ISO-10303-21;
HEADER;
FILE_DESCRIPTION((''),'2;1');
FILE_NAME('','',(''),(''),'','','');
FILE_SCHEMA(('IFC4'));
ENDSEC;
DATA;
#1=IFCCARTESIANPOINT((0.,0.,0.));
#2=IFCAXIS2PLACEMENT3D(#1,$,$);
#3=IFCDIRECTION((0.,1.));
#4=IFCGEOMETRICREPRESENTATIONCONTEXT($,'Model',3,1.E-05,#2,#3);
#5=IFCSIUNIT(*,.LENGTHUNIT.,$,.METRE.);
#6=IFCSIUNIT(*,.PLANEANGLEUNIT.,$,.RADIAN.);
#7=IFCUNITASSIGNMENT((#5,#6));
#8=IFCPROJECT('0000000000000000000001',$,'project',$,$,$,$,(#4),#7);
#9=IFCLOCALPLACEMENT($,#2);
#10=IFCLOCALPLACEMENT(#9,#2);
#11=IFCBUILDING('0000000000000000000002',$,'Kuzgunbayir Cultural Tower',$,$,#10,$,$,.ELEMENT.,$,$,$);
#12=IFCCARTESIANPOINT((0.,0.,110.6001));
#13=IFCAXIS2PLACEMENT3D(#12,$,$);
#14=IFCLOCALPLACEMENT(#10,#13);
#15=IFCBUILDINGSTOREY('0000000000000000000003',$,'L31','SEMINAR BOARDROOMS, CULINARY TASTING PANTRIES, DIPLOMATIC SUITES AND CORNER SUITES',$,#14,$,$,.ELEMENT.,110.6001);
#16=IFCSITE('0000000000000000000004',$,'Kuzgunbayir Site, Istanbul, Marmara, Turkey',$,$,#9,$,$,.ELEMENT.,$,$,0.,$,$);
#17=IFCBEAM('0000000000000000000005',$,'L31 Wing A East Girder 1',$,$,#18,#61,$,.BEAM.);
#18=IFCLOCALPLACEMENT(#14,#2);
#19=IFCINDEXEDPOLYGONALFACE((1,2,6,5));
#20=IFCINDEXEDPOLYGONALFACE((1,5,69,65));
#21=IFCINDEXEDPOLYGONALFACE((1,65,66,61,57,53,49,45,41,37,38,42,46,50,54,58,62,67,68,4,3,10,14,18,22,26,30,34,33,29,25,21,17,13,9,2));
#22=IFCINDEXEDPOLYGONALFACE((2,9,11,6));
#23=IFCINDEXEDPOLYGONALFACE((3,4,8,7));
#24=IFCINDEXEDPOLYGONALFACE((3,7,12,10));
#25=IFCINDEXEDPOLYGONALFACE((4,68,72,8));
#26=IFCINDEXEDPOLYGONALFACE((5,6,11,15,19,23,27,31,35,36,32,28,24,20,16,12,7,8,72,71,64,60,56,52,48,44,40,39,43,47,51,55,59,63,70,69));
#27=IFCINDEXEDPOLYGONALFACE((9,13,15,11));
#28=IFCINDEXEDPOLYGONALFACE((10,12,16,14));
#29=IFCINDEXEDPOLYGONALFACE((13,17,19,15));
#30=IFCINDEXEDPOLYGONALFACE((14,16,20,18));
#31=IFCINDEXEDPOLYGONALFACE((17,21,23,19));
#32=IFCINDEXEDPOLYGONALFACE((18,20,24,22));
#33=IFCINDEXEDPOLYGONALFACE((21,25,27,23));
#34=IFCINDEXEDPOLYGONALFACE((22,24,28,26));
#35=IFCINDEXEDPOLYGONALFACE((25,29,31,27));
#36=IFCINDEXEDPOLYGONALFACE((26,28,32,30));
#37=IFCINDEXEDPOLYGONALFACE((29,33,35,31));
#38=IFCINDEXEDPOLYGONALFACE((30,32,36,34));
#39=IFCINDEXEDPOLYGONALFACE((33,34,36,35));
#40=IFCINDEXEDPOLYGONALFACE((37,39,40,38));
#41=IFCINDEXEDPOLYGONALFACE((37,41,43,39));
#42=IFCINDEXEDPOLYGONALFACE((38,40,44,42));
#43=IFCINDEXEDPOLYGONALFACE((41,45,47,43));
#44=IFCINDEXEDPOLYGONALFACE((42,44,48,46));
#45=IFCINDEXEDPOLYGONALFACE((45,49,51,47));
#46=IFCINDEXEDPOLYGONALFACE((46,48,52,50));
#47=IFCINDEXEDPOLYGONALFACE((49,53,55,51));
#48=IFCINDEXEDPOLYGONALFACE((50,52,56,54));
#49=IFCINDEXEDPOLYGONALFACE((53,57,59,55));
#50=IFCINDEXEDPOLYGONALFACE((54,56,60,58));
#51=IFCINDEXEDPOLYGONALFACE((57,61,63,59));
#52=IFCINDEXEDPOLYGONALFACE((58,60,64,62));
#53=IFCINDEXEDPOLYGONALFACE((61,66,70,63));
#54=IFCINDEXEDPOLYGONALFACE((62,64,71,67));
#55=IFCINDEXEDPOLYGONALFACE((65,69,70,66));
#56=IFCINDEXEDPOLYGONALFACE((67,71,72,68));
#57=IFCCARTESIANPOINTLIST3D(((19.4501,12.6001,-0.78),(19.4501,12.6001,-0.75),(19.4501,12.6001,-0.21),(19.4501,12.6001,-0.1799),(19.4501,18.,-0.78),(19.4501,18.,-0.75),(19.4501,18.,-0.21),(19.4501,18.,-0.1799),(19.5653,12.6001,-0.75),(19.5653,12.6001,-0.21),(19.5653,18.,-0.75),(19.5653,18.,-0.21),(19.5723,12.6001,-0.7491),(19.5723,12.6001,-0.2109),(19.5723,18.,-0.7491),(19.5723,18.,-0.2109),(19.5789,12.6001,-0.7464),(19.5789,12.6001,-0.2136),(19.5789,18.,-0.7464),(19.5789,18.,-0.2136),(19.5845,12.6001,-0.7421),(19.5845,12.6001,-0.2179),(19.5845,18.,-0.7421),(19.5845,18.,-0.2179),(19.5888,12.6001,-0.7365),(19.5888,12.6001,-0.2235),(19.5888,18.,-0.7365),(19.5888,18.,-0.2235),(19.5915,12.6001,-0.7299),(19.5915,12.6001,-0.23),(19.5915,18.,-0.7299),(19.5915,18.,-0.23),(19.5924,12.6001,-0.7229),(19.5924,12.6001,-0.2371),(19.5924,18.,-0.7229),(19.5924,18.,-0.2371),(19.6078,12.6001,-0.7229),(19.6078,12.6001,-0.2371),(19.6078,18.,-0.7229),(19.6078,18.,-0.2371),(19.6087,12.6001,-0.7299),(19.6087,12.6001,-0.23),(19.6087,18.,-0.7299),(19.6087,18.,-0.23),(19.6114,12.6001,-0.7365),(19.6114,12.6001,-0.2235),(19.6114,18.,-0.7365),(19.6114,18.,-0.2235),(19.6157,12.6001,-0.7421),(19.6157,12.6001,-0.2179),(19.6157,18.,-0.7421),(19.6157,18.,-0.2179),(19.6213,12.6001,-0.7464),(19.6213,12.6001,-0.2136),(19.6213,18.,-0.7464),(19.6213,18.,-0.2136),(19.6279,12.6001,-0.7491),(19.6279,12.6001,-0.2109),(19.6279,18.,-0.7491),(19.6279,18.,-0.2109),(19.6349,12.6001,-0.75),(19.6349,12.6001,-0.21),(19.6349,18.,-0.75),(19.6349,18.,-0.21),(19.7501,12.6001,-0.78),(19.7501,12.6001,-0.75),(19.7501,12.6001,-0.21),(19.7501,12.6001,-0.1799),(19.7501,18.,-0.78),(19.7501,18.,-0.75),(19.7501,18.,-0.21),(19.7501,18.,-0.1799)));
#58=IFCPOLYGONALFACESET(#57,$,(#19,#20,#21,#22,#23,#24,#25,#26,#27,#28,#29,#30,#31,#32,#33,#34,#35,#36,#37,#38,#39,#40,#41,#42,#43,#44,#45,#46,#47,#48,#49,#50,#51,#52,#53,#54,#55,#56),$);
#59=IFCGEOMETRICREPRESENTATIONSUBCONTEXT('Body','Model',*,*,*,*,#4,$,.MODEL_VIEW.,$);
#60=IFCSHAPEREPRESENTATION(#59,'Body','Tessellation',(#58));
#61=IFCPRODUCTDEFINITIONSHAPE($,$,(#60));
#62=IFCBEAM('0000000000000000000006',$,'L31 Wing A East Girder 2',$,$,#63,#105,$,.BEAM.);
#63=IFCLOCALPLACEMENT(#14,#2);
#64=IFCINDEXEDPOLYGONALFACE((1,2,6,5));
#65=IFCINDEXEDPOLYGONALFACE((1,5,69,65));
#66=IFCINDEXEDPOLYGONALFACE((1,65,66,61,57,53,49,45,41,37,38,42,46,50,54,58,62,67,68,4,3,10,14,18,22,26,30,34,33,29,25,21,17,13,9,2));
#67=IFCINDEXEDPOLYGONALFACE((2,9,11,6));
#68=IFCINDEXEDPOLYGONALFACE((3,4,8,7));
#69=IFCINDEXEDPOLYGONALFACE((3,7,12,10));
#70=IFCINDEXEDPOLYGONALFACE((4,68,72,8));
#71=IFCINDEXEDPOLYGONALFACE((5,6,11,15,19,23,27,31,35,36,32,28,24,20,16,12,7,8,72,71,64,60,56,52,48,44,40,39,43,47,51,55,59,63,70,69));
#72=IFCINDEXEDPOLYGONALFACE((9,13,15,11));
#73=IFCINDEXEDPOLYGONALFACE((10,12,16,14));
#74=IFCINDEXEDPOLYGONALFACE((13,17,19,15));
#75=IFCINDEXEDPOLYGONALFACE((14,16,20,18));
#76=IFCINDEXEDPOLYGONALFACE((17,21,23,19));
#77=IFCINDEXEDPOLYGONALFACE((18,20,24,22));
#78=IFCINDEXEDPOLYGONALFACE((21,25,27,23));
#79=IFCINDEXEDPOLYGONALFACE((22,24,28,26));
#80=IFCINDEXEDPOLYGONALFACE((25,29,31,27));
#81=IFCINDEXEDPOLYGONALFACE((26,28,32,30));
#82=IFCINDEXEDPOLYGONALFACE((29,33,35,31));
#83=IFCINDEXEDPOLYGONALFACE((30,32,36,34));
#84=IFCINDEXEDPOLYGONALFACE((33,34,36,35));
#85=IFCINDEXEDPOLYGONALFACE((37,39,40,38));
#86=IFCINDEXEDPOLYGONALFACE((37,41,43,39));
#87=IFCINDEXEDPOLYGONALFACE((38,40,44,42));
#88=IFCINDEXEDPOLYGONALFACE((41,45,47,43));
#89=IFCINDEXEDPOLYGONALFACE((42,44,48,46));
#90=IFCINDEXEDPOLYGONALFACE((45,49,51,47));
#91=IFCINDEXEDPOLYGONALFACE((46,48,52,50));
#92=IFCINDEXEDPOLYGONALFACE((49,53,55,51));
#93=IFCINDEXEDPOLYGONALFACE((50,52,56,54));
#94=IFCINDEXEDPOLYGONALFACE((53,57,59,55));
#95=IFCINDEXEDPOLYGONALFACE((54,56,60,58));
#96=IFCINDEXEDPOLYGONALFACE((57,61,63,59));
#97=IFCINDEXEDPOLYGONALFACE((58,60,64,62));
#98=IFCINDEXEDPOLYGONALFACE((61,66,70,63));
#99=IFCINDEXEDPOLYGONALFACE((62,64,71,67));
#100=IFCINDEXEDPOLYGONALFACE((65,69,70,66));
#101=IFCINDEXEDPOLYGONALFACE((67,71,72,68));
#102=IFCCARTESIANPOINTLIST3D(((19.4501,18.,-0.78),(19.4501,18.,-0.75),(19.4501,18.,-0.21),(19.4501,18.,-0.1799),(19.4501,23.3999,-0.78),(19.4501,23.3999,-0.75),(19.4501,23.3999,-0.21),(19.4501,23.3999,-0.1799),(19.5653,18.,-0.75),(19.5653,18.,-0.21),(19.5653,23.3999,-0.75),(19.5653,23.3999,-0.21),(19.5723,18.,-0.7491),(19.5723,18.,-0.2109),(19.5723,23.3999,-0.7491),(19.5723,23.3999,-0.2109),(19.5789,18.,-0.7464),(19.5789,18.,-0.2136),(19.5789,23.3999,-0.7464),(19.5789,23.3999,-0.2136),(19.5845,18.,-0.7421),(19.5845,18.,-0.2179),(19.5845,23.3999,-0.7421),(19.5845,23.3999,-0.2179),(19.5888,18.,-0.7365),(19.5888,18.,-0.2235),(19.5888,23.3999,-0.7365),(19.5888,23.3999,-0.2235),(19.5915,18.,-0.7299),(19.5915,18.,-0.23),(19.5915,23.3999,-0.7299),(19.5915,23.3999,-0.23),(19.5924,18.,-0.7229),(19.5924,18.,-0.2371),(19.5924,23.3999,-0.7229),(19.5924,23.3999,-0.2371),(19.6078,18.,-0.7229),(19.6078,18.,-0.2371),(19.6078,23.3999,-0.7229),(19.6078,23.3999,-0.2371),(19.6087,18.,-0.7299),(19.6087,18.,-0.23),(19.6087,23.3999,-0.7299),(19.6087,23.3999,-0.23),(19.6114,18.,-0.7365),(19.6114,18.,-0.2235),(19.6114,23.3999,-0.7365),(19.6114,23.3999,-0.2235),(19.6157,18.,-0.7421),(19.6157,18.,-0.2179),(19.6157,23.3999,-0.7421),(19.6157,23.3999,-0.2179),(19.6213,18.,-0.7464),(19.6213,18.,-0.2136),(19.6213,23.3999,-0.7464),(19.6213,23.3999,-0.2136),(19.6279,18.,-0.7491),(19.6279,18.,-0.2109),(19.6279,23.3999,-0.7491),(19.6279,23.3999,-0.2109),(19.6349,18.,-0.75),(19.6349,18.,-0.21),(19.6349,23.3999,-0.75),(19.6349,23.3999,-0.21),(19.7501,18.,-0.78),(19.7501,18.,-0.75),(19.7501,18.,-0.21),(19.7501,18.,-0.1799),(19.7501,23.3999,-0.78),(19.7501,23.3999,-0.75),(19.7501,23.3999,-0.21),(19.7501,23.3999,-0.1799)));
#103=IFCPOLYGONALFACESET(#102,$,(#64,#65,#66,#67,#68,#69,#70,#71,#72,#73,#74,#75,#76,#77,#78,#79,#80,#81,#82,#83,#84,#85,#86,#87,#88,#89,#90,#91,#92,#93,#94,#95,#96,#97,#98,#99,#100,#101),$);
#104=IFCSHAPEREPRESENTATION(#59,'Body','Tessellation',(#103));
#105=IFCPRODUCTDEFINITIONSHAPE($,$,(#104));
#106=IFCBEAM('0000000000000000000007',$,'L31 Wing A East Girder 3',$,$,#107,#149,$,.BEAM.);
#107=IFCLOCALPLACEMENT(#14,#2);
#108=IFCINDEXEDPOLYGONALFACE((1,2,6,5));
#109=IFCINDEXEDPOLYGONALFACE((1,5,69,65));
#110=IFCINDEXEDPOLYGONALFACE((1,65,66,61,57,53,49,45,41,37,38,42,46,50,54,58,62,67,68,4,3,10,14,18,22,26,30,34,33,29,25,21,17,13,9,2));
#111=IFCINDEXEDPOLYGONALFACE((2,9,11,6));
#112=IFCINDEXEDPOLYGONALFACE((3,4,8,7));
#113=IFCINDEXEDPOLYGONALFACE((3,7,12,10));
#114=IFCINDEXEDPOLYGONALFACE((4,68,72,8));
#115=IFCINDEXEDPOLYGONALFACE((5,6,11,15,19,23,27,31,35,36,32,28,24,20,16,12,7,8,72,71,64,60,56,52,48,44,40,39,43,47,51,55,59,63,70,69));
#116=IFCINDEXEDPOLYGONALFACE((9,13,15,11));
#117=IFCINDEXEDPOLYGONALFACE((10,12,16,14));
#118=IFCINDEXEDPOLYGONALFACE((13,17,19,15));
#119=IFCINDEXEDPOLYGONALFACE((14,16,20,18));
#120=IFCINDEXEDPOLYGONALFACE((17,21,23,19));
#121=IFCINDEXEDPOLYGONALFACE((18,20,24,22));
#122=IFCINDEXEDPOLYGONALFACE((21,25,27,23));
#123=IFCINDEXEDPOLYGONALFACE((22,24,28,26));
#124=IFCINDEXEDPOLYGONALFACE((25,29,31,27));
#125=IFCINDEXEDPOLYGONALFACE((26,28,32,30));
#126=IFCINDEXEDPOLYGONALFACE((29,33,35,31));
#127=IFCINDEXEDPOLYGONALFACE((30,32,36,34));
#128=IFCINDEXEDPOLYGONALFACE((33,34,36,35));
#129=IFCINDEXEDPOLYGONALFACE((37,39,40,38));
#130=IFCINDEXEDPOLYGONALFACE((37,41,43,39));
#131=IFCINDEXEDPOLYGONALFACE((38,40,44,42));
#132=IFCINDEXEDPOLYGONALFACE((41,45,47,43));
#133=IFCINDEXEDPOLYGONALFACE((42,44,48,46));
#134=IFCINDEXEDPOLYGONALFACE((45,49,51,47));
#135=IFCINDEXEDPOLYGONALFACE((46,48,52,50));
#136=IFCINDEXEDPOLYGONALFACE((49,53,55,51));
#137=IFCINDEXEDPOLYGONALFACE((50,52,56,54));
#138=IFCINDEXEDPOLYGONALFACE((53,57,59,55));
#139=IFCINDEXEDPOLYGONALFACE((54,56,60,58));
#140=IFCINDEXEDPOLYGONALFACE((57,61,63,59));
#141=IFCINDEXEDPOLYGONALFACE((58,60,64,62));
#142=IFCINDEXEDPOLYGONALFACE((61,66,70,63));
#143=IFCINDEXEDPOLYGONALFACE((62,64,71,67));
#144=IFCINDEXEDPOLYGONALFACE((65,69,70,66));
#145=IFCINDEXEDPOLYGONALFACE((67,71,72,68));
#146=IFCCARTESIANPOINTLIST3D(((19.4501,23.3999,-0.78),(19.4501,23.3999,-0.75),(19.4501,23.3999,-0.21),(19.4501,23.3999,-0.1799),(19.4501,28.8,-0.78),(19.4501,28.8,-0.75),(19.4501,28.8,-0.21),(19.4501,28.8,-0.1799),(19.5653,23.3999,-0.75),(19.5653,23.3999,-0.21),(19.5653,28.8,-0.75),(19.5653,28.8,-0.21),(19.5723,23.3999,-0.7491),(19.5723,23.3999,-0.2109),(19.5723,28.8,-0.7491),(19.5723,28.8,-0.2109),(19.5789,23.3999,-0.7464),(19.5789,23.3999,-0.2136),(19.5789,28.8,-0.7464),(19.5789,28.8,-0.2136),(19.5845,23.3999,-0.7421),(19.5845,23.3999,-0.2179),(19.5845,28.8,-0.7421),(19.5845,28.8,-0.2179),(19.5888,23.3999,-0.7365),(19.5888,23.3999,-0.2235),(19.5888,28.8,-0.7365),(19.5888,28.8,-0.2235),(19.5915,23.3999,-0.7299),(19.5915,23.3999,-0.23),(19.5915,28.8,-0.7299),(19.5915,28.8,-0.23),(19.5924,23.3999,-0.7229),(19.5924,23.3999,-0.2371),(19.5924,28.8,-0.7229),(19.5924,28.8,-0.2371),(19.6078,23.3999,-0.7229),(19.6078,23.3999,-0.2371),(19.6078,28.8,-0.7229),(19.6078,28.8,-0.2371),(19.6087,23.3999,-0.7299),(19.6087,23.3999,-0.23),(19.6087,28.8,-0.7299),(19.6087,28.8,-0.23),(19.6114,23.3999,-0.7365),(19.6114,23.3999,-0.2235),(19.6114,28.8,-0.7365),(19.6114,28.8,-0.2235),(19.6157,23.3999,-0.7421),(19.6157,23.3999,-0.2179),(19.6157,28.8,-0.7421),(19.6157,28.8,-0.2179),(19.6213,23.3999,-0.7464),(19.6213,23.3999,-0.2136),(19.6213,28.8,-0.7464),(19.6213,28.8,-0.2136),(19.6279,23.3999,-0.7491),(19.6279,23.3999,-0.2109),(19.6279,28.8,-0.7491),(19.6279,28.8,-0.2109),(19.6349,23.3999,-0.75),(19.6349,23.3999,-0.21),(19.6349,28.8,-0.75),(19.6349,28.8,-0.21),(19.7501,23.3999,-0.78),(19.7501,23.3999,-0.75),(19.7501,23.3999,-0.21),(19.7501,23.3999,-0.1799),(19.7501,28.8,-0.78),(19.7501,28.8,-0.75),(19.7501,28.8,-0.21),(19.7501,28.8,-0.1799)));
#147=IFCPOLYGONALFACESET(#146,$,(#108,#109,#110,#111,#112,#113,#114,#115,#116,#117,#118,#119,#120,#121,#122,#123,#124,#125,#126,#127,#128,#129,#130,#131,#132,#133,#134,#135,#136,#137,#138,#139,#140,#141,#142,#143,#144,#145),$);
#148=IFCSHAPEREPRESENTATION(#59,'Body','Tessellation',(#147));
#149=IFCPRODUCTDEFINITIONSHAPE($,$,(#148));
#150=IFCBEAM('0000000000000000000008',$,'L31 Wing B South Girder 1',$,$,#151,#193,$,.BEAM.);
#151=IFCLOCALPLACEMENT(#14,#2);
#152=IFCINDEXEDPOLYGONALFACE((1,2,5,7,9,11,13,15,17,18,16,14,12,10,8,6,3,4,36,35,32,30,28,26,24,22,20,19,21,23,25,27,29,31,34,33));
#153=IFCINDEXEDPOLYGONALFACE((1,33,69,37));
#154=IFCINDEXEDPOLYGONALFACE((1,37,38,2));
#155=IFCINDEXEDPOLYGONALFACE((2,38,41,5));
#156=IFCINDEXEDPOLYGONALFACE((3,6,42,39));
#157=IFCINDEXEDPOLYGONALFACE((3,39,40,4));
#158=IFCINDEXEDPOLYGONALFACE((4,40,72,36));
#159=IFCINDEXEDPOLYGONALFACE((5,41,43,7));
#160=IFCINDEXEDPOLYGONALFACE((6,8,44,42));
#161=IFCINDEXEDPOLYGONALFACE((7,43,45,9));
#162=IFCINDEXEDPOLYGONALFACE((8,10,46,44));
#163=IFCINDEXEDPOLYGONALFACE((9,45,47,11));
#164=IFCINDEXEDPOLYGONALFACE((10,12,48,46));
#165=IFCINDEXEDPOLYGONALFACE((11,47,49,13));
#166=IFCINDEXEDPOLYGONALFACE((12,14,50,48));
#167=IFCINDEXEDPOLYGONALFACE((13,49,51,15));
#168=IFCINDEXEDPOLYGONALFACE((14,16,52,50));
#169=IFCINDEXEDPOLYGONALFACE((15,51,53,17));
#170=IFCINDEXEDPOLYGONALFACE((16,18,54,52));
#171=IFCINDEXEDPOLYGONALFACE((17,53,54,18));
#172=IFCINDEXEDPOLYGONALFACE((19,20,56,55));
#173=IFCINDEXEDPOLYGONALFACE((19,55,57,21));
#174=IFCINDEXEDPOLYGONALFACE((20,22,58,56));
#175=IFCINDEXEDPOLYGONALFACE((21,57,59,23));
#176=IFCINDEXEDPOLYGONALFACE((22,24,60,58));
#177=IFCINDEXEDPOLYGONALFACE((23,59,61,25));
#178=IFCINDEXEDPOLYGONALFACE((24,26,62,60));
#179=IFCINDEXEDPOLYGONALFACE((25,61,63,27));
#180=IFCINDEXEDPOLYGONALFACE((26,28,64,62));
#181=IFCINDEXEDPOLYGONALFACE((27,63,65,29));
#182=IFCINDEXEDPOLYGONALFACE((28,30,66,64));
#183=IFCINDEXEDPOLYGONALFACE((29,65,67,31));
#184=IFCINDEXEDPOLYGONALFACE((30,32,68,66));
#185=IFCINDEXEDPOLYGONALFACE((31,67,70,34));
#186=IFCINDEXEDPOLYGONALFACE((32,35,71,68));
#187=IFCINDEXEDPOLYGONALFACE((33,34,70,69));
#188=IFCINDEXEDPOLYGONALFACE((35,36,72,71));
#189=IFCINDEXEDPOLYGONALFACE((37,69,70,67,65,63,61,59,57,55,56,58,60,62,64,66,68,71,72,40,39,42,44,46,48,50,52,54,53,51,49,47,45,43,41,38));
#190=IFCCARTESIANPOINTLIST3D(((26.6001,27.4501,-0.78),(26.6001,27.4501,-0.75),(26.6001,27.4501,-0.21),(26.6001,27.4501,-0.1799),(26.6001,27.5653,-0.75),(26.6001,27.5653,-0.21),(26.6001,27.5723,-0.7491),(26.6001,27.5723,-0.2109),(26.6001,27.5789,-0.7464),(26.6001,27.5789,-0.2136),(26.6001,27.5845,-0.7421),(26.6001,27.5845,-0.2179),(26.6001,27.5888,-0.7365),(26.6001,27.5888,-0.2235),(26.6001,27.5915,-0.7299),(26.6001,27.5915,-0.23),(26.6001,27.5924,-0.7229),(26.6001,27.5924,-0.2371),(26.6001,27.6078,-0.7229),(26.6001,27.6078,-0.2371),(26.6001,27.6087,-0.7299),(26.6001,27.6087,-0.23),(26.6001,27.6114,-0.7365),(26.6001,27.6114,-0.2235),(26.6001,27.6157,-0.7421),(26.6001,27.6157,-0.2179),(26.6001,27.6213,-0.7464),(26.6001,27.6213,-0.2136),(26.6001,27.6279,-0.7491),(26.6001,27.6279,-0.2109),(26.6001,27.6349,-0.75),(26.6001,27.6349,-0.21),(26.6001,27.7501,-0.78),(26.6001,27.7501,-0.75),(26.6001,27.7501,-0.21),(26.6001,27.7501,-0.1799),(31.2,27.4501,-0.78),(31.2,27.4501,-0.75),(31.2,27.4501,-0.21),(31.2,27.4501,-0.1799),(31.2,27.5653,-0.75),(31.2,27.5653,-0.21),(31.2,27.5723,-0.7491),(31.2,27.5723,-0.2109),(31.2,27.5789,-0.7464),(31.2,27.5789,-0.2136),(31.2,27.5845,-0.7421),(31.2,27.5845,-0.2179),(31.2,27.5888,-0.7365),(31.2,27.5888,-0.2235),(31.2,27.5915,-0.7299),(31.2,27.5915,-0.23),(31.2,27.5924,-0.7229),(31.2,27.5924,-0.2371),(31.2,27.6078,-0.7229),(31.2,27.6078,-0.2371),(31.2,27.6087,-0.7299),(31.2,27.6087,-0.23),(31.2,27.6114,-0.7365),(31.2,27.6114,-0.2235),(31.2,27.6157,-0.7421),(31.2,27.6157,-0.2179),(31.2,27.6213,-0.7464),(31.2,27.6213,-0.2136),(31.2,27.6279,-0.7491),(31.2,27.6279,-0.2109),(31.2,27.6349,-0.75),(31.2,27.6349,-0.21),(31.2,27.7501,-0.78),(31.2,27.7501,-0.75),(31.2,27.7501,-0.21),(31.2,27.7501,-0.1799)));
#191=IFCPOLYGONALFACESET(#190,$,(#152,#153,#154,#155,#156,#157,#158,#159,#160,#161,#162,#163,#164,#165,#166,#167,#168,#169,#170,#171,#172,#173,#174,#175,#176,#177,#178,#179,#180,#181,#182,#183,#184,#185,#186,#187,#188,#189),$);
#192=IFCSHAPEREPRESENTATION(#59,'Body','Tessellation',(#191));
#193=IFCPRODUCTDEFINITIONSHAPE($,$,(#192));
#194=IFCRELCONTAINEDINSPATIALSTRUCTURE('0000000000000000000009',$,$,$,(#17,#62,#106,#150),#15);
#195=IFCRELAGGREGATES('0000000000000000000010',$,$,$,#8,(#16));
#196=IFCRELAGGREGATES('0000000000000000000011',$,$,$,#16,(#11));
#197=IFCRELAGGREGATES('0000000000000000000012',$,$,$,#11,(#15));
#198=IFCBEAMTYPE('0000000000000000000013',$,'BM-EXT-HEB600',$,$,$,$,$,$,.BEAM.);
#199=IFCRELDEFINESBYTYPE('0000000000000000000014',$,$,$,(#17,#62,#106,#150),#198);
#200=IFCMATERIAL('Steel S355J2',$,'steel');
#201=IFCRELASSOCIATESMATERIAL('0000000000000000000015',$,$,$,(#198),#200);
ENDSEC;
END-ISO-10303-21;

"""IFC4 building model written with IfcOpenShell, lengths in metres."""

from ifc_helpers import new_model, si_unit, direction, frame, origin, origin_2d, place, context, subcontext, project, spatial, i_section, extrude, material, material_profile, profile_set, type_object, element, save


model = new_model("IFC4")

# Units and contexts
model_context = context("Model", 3, precision=1e-05, world=origin(), true_north=direction((0.0, 1.0)))
body_context = subcontext(model_context, "Body", "Model", "MODEL_VIEW")
ifc_project = project(units=[si_unit("LENGTHUNIT", "METRE"), si_unit("PLANEANGLEUNIT", "RADIAN")], contexts=[model_context])

# Site, building, storey
site_placement = place(None, origin())
site = spatial("IfcSite", under=ifc_project, at=site_placement, Name="Kuzgunbayir Site, Istanbul, Marmara, Turkey", CompositionType="ELEMENT", RefElevation=0.0)
building_placement = place(site_placement, origin())
building = spatial("IfcBuilding", under=site, at=building_placement, Name="Kuzgunbayir Cultural Tower", CompositionType="ELEMENT")
storey_placement = place(building_placement, frame((0.0, 0.0, 110.6001)))
storey = spatial("IfcBuildingStorey", under=building, at=storey_placement, Name="L31", Description="SEMINAR BOARDROOMS, CULINARY TASTING PANTRIES, DIPLOMATIC SUITES AND CORNER SUITES", CompositionType="ELEMENT", Elevation=110.6001)

# Beams
ifc_material_1 = material(Name="Steel S355J2", Category="steel")
ifc_material_profile_1 = material_profile(ifc_material_1, i_section(OverallWidth=0.3, OverallDepth=0.6001, WebThickness=0.0154, FlangeThickness=0.03, FilletRadius=0.0271, at=origin_2d()), Name="HEB 600")
ifc_profile_set_1 = profile_set([ifc_material_profile_1], Name="Steel S355J2")
beam_type_1 = type_object("IfcBeamType", Name="BM-EXT-HEB600", PredefinedType="BEAM", material=ifc_profile_set_1)
for number, where, z_axis, x_axis, name in (
    (1, (19.6001, 12.6001, -0.48), (0.0, 1.0, 0.0), (-1.0, 0.0, 0.0), "L31 Wing A East Girder 1"),
    (2, (19.6001, 18.0, -0.48), (0.0, 1.0, 0.0), (-1.0, 0.0, 0.0), "L31 Wing A East Girder 2"),
):
    element("IfcBeam", number, at=place(storey_placement, frame(where, z_axis=z_axis, x_axis=x_axis)), inside=storey, type_object=beam_type_1, Name=name, PredefinedType="BEAM", context=body_context, shape_type="SweptSolid", body=[
        extrude(i_section(OverallWidth=0.3, OverallDepth=0.6001, WebThickness=0.0154, FlangeThickness=0.03, FilletRadius=0.0271, at=origin_2d()), origin(), (0.0, 0.0, 1.0), 5.3999),
    ])
beam_1_placement = place(storey_placement, frame((19.6001, 23.3999, -0.48), z_axis=(0.0, 1.0, 0.0), x_axis=(-1.0, 0.0, 0.0)))
element("IfcBeam", 3, at=beam_1_placement, inside=storey, type_object=beam_type_1, Name="L31 Wing A East Girder 3", PredefinedType="BEAM", context=body_context, shape_type="SweptSolid", body=[
    extrude(i_section(OverallWidth=0.3, OverallDepth=0.6001, WebThickness=0.0154, FlangeThickness=0.03, FilletRadius=0.0271, at=origin_2d()), origin(), (0.0, 0.0, 1.0), 5.4001),
])
beam_2_placement = place(storey_placement, frame((26.6001, 27.6001, -0.48), z_axis=(1.0, 0.0, 0.0), x_axis=(0.0, 1.0, 0.0)))
element("IfcBeam", 4, at=beam_2_placement, inside=storey, type_object=beam_type_1, Name="L31 Wing B South Girder 1", PredefinedType="BEAM", context=body_context, shape_type="SweptSolid", body=[
    extrude(i_section(OverallWidth=0.3, OverallDepth=0.6001, WebThickness=0.0154, FlangeThickness=0.03, FilletRadius=0.0271, at=origin_2d()), origin(), (0.0, 0.0, 1.0), 4.5999),
])

save(model, "model.ifc")
